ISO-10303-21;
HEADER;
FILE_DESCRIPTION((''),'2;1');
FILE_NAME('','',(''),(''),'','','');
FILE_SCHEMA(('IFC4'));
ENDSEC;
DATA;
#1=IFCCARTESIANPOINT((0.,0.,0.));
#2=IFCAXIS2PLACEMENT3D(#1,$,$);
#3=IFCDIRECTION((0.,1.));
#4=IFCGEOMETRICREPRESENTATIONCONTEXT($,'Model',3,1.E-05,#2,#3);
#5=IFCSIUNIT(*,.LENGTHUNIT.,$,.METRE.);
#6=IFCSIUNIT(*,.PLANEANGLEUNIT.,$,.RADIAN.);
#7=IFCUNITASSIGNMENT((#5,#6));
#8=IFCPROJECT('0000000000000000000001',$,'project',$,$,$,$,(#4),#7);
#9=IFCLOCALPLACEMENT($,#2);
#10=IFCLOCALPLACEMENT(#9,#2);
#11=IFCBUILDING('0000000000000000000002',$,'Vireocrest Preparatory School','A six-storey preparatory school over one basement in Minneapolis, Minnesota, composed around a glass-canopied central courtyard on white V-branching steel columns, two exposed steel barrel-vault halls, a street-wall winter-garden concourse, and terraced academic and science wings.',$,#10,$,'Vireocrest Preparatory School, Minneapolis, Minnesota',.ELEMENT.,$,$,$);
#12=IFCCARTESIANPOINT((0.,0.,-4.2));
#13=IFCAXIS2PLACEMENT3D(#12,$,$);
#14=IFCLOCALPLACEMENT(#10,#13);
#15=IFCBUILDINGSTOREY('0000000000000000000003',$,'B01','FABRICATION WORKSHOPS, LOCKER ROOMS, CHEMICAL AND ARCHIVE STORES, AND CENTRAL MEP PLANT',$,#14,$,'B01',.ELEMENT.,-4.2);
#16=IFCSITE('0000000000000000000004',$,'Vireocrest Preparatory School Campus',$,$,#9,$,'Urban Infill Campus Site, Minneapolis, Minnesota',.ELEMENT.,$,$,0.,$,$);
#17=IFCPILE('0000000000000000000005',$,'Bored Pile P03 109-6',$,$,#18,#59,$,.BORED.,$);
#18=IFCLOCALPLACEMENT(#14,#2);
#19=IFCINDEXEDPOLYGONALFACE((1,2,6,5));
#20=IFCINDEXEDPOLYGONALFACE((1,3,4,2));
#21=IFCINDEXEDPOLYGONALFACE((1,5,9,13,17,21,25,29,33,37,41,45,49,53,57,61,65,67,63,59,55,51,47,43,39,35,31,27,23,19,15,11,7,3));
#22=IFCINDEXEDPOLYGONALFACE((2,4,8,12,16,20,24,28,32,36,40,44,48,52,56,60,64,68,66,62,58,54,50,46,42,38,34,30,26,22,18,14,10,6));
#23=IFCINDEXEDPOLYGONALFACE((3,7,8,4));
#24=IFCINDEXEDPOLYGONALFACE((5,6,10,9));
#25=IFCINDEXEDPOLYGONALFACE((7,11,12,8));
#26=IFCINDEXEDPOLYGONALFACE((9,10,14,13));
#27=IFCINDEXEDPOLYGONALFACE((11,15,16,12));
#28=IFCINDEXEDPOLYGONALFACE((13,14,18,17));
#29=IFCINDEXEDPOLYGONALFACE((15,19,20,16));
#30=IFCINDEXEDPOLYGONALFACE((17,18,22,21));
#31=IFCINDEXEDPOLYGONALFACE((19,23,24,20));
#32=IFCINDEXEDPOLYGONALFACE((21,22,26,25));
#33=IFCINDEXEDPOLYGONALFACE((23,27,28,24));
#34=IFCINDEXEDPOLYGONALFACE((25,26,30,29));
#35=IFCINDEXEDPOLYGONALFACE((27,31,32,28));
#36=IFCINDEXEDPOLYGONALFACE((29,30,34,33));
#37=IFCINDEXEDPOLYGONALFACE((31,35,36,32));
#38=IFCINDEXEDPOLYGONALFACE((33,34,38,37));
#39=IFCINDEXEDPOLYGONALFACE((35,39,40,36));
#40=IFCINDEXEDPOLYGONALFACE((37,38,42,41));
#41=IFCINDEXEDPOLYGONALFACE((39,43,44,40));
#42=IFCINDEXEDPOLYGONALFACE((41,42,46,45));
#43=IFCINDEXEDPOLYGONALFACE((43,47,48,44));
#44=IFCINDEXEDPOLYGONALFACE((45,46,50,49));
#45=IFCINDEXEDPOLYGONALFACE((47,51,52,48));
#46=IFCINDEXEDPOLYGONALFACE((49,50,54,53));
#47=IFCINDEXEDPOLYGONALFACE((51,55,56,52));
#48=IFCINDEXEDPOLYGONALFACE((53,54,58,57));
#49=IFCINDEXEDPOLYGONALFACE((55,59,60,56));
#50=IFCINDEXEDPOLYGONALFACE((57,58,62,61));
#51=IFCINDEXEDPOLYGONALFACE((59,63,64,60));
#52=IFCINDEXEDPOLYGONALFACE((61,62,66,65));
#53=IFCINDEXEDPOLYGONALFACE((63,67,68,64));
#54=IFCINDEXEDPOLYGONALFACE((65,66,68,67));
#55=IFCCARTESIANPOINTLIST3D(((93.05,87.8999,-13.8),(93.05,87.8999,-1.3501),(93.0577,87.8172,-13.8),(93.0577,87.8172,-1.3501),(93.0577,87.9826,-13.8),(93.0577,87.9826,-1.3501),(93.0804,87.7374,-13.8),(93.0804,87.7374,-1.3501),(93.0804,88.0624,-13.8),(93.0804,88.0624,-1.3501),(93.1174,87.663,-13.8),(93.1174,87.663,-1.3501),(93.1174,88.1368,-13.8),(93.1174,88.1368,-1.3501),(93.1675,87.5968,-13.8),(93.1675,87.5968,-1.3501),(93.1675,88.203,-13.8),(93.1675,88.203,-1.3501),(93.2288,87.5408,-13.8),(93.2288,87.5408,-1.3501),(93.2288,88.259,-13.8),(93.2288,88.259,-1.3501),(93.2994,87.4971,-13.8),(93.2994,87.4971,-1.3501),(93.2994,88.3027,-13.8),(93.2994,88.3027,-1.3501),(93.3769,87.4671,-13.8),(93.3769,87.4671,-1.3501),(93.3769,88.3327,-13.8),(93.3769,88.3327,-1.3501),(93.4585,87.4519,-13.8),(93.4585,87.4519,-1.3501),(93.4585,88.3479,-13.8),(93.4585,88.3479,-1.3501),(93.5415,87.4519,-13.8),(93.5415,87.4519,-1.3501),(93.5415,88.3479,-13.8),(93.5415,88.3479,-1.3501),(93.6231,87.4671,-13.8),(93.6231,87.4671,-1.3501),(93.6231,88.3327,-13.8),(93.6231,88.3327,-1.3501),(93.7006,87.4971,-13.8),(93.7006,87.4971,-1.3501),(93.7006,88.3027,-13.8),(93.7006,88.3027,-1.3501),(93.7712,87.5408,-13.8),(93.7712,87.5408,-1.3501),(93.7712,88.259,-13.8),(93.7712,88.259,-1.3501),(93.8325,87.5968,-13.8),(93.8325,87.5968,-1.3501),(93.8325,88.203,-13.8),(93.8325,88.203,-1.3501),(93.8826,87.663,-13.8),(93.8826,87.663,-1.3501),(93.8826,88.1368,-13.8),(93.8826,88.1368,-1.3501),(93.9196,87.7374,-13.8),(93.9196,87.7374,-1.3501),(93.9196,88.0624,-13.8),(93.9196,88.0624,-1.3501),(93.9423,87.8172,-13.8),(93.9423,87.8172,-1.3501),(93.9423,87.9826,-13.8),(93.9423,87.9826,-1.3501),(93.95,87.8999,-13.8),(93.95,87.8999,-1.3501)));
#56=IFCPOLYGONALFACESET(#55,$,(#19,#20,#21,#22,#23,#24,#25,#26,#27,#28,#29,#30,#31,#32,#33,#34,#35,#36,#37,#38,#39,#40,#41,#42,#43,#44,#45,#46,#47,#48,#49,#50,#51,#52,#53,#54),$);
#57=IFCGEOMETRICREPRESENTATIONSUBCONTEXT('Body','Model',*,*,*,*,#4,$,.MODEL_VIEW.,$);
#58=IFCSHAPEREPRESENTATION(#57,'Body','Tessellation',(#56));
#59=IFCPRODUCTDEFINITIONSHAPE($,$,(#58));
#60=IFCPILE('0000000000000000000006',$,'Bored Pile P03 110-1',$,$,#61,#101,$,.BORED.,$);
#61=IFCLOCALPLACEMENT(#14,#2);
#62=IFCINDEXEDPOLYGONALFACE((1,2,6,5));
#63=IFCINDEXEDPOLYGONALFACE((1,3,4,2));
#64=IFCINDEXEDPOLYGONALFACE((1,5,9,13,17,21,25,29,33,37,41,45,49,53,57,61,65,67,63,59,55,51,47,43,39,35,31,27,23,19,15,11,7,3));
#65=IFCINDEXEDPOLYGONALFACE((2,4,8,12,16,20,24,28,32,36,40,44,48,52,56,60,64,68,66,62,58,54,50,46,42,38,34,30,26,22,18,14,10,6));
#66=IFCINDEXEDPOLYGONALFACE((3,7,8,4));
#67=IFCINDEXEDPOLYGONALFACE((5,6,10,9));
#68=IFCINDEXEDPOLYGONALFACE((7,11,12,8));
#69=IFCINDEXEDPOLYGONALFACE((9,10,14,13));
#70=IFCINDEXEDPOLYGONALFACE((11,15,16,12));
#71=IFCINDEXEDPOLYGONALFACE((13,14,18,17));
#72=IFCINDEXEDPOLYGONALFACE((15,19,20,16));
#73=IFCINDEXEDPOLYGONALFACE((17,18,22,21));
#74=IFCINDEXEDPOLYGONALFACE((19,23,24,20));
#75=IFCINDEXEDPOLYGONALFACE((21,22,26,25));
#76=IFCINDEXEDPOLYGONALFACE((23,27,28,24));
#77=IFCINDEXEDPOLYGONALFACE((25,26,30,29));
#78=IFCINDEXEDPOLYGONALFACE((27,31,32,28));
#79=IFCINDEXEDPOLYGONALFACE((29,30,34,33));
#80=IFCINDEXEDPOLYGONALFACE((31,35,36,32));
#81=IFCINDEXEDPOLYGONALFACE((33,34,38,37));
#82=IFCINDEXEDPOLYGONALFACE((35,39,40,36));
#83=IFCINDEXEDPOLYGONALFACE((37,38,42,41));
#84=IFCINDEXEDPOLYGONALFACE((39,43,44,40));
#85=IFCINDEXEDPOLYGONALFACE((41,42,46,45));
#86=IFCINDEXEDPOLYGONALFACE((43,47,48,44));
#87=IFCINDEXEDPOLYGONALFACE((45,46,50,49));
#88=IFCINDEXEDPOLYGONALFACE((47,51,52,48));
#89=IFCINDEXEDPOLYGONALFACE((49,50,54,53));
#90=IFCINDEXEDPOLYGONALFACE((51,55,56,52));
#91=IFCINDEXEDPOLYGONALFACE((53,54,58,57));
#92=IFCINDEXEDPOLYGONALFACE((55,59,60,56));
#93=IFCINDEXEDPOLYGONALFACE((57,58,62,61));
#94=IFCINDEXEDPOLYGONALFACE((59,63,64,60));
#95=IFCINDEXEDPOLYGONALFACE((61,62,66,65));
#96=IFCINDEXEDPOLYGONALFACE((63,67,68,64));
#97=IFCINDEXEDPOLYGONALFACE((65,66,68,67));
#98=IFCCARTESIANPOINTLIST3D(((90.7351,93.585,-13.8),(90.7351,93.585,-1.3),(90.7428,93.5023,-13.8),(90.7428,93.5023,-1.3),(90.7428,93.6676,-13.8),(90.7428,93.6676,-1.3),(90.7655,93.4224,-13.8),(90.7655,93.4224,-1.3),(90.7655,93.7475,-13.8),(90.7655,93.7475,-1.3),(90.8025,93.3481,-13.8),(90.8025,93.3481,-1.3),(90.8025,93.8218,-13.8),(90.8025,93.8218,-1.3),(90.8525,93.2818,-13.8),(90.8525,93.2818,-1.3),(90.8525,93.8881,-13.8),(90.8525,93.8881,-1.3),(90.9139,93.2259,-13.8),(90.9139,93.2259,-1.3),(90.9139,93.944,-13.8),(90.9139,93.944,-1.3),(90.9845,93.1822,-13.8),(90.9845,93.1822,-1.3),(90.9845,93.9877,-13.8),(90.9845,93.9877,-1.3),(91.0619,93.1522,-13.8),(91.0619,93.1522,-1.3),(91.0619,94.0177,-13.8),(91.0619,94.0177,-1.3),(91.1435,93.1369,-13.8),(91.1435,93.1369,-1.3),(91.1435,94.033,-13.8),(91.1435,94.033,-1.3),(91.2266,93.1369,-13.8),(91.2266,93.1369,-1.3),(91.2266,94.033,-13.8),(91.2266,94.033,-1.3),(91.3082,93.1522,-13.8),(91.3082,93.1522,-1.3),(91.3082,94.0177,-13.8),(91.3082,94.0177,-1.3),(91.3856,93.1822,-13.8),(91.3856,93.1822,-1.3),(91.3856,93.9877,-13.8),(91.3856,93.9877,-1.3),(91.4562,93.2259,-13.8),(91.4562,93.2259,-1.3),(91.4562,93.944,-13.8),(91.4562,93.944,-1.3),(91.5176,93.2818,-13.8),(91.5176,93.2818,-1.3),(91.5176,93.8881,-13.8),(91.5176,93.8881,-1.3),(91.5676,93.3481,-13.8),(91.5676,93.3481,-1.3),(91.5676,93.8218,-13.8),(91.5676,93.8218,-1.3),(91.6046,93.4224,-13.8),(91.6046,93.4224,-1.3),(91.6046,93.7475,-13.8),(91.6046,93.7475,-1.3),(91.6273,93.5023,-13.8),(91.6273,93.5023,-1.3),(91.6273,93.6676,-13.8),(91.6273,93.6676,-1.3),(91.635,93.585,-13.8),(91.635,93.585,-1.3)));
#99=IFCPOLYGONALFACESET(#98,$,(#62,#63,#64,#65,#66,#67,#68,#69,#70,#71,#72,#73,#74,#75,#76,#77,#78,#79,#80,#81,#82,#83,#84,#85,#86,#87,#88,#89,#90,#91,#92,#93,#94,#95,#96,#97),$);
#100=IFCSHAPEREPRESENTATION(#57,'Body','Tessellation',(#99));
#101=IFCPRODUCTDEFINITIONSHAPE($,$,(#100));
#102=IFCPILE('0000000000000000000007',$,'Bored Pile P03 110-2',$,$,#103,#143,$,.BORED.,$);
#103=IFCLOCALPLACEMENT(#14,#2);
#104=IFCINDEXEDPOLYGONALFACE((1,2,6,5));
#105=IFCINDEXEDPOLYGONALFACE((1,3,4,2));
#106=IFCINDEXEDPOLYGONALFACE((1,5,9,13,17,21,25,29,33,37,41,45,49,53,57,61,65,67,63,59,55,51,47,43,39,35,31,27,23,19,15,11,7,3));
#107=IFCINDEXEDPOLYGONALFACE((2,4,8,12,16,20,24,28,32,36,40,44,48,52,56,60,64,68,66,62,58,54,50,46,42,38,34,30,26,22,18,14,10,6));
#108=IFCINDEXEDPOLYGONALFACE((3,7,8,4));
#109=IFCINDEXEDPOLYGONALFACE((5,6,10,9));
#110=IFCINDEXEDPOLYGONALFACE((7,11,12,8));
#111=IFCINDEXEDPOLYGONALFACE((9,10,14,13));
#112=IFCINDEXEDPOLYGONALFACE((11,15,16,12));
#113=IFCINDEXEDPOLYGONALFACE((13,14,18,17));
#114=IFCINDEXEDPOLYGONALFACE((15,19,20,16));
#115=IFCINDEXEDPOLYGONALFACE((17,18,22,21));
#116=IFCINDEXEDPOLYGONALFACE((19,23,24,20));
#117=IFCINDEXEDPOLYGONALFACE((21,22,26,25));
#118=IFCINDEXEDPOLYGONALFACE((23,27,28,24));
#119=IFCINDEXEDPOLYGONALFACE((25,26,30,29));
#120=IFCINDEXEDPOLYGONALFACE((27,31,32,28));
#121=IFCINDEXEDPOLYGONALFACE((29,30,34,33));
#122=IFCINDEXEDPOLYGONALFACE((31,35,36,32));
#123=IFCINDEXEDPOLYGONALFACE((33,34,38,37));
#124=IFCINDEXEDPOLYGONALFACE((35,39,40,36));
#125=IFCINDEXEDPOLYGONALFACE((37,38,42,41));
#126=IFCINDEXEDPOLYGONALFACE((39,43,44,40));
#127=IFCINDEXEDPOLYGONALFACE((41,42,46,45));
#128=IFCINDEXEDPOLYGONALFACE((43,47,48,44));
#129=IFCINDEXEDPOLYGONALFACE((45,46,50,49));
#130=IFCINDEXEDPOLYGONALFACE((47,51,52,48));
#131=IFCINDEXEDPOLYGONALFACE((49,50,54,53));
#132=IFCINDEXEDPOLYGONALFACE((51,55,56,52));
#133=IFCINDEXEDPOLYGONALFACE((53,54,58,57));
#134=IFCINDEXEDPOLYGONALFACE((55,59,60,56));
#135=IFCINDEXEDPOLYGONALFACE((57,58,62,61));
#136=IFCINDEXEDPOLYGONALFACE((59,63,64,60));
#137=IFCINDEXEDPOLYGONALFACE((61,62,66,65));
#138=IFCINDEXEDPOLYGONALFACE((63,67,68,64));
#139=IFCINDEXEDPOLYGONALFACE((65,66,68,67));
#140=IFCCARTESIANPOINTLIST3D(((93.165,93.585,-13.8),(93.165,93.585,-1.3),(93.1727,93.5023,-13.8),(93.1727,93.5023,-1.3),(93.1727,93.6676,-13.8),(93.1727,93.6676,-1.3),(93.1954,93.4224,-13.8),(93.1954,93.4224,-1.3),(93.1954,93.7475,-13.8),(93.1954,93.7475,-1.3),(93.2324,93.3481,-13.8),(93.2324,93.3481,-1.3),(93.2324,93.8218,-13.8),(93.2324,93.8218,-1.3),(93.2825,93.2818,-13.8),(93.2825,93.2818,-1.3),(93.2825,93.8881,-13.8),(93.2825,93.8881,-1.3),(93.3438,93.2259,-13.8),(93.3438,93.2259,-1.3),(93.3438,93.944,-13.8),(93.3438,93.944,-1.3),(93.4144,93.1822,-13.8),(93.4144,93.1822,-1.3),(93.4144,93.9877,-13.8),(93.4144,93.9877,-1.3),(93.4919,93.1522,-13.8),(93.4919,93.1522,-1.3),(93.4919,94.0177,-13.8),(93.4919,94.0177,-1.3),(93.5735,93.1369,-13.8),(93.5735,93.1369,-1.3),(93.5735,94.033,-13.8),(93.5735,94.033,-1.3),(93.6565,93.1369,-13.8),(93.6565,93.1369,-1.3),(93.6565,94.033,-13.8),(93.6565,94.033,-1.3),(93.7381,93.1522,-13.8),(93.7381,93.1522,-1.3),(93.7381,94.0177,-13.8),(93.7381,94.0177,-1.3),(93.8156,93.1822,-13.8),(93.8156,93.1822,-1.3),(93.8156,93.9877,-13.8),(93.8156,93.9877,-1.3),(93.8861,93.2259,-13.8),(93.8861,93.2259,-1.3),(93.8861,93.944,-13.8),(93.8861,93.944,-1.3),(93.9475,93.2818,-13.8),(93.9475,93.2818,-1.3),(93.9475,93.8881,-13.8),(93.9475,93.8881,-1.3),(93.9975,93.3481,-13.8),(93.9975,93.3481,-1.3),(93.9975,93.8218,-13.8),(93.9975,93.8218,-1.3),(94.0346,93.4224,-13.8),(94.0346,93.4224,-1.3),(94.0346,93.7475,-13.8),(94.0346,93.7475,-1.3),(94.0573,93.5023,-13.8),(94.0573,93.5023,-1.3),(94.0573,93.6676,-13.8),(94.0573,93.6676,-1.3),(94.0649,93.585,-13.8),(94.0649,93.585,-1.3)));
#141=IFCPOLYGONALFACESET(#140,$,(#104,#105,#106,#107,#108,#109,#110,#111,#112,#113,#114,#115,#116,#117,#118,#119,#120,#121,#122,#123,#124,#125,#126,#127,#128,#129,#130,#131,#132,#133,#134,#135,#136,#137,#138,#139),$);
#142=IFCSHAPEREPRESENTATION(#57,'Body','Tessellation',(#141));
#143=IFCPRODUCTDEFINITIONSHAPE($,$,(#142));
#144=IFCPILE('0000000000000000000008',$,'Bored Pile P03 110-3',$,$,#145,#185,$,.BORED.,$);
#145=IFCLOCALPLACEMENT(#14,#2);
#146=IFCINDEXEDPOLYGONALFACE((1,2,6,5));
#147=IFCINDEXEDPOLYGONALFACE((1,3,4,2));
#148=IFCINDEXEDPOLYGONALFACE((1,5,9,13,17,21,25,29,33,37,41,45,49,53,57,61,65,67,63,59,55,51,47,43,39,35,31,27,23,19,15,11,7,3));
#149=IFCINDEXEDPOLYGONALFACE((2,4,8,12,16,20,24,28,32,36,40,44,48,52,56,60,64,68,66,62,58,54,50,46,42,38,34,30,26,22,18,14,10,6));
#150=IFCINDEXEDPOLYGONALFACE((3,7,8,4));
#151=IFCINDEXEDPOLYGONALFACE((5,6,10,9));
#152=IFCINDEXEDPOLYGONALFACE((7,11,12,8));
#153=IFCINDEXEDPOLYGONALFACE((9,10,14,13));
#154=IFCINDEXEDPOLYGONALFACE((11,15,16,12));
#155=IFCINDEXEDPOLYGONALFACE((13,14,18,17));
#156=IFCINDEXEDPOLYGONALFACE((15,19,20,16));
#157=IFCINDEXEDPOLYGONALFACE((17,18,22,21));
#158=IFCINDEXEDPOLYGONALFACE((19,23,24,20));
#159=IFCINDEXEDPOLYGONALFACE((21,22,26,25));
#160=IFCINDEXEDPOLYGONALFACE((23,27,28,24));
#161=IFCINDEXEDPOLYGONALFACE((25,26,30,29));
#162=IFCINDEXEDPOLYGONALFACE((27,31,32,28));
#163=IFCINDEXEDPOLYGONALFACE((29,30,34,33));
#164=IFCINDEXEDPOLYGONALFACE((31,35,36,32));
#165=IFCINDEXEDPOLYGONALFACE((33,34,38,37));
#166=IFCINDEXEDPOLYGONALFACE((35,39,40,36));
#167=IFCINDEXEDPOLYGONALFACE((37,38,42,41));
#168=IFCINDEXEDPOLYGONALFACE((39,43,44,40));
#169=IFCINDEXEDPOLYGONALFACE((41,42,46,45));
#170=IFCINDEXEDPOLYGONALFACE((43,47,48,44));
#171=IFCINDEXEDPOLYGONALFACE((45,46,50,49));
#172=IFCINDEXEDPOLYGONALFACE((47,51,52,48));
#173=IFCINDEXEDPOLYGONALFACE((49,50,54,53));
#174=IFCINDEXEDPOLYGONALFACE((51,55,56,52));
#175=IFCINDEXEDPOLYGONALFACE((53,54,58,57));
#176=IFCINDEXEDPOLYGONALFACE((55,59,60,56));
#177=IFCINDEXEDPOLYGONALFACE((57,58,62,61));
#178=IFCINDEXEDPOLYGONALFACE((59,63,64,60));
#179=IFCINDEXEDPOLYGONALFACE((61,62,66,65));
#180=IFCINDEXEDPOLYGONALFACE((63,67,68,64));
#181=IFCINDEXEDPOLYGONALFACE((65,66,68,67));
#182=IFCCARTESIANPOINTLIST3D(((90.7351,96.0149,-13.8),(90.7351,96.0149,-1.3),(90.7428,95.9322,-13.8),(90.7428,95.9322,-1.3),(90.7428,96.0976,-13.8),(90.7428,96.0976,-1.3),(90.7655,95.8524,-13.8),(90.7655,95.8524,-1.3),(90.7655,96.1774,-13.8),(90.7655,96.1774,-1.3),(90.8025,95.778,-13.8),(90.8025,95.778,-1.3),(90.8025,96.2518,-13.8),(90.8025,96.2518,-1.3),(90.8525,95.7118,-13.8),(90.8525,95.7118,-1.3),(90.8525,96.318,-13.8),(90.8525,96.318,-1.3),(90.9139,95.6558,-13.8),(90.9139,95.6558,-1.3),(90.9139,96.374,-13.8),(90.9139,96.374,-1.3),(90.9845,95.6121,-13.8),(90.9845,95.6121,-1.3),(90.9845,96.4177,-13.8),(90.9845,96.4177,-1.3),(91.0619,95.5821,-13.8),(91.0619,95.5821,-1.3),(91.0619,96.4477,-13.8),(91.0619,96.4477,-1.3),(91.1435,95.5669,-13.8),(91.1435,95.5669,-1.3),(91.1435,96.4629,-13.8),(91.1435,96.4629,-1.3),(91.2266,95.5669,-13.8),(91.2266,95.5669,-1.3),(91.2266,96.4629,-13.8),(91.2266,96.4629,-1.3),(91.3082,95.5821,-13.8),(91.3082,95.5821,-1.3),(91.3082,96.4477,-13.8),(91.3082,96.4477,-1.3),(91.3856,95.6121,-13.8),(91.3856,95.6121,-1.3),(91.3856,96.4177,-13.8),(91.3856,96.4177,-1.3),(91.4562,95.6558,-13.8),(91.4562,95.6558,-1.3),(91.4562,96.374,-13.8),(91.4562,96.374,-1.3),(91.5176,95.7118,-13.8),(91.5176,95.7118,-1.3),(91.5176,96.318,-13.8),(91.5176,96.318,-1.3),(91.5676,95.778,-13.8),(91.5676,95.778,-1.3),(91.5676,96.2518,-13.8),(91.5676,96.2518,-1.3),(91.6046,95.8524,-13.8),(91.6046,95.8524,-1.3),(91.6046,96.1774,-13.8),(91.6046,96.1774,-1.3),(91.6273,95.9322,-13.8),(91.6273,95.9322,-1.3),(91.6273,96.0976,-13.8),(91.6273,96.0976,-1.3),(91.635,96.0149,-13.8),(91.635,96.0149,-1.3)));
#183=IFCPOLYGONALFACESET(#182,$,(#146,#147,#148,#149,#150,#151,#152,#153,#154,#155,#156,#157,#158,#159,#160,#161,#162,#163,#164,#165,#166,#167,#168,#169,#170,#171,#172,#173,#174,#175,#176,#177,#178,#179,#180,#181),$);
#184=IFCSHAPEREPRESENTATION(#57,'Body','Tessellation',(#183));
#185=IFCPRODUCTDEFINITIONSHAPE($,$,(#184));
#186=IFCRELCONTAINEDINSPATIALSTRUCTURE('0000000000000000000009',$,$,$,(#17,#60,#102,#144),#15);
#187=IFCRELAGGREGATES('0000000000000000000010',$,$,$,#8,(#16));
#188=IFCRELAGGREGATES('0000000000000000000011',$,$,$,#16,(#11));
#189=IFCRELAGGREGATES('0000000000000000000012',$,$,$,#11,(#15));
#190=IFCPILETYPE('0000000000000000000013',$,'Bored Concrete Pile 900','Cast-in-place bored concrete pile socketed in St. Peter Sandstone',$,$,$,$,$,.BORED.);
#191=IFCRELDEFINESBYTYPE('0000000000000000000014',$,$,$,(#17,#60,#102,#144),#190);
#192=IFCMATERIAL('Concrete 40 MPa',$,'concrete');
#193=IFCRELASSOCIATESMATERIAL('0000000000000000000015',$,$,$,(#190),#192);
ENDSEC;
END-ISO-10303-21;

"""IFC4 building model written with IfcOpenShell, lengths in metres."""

from ifc_helpers import new_model, si_unit, direction, frame, origin, origin_2d, place, context, subcontext, project, spatial, circle, extrude, material, material_profile, profile_set, type_object, element, save


model = new_model("IFC4")

# Units and contexts
model_context = context("Model", 3, precision=1e-05, world=origin(), true_north=direction((0.0, 1.0)))
body_context = subcontext(model_context, "Body", "Model", "MODEL_VIEW")
ifc_project = project(units=[si_unit("LENGTHUNIT", "METRE"), si_unit("PLANEANGLEUNIT", "RADIAN")], contexts=[model_context])

# Site, building, storey
site_placement = place(None, origin())
site = spatial("IfcSite", under=ifc_project, at=site_placement, Name="Vireocrest Preparatory School Campus", LongName="Urban Infill Campus Site, Minneapolis, Minnesota", CompositionType="ELEMENT", RefElevation=0.0)
building_placement = place(site_placement, origin())
building = spatial("IfcBuilding", under=site, at=building_placement, Name="Vireocrest Preparatory School", Description="A six-storey preparatory school over one basement in Minneapolis, Minnesota, composed around a glass-canopied central courtyard on white V-branching steel columns, two exposed steel barrel-vault halls, a street-wall winter-garden concourse, and terraced academic and science wings.", LongName="Vireocrest Preparatory School, Minneapolis, Minnesota", CompositionType="ELEMENT")
storey_placement = place(building_placement, frame((0.0, 0.0, -4.2)))
storey = spatial("IfcBuildingStorey", under=building, at=storey_placement, Name="B01", Description="FABRICATION WORKSHOPS, LOCKER ROOMS, CHEMICAL AND ARCHIVE STORES, AND CENTRAL MEP PLANT", LongName="B01", CompositionType="ELEMENT", Elevation=-4.2)

# Piles
ifc_material_1 = material(Name="Concrete 40 MPa", Category="concrete")
ifc_material_profile_1 = material_profile(ifc_material_1, circle(Radius=0.45, at=origin_2d()), Name="BORED PILE 900")
ifc_profile_set_1 = profile_set([ifc_material_profile_1], Name="Concrete 40 MPa")
pile_type = type_object("IfcPileType", Name="Bored Concrete Pile 900", Description="Cast-in-place bored concrete pile socketed in St. Peter Sandstone", PredefinedType="BORED", material=ifc_profile_set_1)
for number, where, z_axis, x_axis, name in (
    (1, (93.5, 87.8999, -1.3501), (0.0, 0.0, -1.0), (1.0, 0.0, 0.0), "Bored Pile P03 109-6"),
):
    element("IfcPile", number, at=place(storey_placement, frame(where, z_axis=z_axis, x_axis=x_axis)), inside=storey, type_object=pile_type, Name=name, PredefinedType="BORED", context=body_context, shape_type="SweptSolid", body=[
        extrude(circle(Radius=0.45, at=origin_2d()), origin(), (0.0, 0.0, 1.0), 12.45),
    ])
for number, where, z_axis, x_axis, name in (
    (2, (91.1851, 93.585, -1.3), (0.0, 0.0, -1.0), (1.0, 0.0, 0.0), "Bored Pile P03 110-1"),
    (3, (93.615, 93.585, -1.3), (0.0, 0.0, -1.0), (1.0, 0.0, 0.0), "Bored Pile P03 110-2"),
    (4, (91.1851, 96.0149, -1.3), (0.0, 0.0, -1.0), (1.0, 0.0, 0.0), "Bored Pile P03 110-3"),
):
    element("IfcPile", number, at=place(storey_placement, frame(where, z_axis=z_axis, x_axis=x_axis)), inside=storey, type_object=pile_type, Name=name, PredefinedType="BORED", context=body_context, shape_type="SweptSolid", body=[
        extrude(circle(Radius=0.45, at=origin_2d()), origin(), (0.0, 0.0, 1.0), 12.5),
    ])

save(model, "model.ifc")
